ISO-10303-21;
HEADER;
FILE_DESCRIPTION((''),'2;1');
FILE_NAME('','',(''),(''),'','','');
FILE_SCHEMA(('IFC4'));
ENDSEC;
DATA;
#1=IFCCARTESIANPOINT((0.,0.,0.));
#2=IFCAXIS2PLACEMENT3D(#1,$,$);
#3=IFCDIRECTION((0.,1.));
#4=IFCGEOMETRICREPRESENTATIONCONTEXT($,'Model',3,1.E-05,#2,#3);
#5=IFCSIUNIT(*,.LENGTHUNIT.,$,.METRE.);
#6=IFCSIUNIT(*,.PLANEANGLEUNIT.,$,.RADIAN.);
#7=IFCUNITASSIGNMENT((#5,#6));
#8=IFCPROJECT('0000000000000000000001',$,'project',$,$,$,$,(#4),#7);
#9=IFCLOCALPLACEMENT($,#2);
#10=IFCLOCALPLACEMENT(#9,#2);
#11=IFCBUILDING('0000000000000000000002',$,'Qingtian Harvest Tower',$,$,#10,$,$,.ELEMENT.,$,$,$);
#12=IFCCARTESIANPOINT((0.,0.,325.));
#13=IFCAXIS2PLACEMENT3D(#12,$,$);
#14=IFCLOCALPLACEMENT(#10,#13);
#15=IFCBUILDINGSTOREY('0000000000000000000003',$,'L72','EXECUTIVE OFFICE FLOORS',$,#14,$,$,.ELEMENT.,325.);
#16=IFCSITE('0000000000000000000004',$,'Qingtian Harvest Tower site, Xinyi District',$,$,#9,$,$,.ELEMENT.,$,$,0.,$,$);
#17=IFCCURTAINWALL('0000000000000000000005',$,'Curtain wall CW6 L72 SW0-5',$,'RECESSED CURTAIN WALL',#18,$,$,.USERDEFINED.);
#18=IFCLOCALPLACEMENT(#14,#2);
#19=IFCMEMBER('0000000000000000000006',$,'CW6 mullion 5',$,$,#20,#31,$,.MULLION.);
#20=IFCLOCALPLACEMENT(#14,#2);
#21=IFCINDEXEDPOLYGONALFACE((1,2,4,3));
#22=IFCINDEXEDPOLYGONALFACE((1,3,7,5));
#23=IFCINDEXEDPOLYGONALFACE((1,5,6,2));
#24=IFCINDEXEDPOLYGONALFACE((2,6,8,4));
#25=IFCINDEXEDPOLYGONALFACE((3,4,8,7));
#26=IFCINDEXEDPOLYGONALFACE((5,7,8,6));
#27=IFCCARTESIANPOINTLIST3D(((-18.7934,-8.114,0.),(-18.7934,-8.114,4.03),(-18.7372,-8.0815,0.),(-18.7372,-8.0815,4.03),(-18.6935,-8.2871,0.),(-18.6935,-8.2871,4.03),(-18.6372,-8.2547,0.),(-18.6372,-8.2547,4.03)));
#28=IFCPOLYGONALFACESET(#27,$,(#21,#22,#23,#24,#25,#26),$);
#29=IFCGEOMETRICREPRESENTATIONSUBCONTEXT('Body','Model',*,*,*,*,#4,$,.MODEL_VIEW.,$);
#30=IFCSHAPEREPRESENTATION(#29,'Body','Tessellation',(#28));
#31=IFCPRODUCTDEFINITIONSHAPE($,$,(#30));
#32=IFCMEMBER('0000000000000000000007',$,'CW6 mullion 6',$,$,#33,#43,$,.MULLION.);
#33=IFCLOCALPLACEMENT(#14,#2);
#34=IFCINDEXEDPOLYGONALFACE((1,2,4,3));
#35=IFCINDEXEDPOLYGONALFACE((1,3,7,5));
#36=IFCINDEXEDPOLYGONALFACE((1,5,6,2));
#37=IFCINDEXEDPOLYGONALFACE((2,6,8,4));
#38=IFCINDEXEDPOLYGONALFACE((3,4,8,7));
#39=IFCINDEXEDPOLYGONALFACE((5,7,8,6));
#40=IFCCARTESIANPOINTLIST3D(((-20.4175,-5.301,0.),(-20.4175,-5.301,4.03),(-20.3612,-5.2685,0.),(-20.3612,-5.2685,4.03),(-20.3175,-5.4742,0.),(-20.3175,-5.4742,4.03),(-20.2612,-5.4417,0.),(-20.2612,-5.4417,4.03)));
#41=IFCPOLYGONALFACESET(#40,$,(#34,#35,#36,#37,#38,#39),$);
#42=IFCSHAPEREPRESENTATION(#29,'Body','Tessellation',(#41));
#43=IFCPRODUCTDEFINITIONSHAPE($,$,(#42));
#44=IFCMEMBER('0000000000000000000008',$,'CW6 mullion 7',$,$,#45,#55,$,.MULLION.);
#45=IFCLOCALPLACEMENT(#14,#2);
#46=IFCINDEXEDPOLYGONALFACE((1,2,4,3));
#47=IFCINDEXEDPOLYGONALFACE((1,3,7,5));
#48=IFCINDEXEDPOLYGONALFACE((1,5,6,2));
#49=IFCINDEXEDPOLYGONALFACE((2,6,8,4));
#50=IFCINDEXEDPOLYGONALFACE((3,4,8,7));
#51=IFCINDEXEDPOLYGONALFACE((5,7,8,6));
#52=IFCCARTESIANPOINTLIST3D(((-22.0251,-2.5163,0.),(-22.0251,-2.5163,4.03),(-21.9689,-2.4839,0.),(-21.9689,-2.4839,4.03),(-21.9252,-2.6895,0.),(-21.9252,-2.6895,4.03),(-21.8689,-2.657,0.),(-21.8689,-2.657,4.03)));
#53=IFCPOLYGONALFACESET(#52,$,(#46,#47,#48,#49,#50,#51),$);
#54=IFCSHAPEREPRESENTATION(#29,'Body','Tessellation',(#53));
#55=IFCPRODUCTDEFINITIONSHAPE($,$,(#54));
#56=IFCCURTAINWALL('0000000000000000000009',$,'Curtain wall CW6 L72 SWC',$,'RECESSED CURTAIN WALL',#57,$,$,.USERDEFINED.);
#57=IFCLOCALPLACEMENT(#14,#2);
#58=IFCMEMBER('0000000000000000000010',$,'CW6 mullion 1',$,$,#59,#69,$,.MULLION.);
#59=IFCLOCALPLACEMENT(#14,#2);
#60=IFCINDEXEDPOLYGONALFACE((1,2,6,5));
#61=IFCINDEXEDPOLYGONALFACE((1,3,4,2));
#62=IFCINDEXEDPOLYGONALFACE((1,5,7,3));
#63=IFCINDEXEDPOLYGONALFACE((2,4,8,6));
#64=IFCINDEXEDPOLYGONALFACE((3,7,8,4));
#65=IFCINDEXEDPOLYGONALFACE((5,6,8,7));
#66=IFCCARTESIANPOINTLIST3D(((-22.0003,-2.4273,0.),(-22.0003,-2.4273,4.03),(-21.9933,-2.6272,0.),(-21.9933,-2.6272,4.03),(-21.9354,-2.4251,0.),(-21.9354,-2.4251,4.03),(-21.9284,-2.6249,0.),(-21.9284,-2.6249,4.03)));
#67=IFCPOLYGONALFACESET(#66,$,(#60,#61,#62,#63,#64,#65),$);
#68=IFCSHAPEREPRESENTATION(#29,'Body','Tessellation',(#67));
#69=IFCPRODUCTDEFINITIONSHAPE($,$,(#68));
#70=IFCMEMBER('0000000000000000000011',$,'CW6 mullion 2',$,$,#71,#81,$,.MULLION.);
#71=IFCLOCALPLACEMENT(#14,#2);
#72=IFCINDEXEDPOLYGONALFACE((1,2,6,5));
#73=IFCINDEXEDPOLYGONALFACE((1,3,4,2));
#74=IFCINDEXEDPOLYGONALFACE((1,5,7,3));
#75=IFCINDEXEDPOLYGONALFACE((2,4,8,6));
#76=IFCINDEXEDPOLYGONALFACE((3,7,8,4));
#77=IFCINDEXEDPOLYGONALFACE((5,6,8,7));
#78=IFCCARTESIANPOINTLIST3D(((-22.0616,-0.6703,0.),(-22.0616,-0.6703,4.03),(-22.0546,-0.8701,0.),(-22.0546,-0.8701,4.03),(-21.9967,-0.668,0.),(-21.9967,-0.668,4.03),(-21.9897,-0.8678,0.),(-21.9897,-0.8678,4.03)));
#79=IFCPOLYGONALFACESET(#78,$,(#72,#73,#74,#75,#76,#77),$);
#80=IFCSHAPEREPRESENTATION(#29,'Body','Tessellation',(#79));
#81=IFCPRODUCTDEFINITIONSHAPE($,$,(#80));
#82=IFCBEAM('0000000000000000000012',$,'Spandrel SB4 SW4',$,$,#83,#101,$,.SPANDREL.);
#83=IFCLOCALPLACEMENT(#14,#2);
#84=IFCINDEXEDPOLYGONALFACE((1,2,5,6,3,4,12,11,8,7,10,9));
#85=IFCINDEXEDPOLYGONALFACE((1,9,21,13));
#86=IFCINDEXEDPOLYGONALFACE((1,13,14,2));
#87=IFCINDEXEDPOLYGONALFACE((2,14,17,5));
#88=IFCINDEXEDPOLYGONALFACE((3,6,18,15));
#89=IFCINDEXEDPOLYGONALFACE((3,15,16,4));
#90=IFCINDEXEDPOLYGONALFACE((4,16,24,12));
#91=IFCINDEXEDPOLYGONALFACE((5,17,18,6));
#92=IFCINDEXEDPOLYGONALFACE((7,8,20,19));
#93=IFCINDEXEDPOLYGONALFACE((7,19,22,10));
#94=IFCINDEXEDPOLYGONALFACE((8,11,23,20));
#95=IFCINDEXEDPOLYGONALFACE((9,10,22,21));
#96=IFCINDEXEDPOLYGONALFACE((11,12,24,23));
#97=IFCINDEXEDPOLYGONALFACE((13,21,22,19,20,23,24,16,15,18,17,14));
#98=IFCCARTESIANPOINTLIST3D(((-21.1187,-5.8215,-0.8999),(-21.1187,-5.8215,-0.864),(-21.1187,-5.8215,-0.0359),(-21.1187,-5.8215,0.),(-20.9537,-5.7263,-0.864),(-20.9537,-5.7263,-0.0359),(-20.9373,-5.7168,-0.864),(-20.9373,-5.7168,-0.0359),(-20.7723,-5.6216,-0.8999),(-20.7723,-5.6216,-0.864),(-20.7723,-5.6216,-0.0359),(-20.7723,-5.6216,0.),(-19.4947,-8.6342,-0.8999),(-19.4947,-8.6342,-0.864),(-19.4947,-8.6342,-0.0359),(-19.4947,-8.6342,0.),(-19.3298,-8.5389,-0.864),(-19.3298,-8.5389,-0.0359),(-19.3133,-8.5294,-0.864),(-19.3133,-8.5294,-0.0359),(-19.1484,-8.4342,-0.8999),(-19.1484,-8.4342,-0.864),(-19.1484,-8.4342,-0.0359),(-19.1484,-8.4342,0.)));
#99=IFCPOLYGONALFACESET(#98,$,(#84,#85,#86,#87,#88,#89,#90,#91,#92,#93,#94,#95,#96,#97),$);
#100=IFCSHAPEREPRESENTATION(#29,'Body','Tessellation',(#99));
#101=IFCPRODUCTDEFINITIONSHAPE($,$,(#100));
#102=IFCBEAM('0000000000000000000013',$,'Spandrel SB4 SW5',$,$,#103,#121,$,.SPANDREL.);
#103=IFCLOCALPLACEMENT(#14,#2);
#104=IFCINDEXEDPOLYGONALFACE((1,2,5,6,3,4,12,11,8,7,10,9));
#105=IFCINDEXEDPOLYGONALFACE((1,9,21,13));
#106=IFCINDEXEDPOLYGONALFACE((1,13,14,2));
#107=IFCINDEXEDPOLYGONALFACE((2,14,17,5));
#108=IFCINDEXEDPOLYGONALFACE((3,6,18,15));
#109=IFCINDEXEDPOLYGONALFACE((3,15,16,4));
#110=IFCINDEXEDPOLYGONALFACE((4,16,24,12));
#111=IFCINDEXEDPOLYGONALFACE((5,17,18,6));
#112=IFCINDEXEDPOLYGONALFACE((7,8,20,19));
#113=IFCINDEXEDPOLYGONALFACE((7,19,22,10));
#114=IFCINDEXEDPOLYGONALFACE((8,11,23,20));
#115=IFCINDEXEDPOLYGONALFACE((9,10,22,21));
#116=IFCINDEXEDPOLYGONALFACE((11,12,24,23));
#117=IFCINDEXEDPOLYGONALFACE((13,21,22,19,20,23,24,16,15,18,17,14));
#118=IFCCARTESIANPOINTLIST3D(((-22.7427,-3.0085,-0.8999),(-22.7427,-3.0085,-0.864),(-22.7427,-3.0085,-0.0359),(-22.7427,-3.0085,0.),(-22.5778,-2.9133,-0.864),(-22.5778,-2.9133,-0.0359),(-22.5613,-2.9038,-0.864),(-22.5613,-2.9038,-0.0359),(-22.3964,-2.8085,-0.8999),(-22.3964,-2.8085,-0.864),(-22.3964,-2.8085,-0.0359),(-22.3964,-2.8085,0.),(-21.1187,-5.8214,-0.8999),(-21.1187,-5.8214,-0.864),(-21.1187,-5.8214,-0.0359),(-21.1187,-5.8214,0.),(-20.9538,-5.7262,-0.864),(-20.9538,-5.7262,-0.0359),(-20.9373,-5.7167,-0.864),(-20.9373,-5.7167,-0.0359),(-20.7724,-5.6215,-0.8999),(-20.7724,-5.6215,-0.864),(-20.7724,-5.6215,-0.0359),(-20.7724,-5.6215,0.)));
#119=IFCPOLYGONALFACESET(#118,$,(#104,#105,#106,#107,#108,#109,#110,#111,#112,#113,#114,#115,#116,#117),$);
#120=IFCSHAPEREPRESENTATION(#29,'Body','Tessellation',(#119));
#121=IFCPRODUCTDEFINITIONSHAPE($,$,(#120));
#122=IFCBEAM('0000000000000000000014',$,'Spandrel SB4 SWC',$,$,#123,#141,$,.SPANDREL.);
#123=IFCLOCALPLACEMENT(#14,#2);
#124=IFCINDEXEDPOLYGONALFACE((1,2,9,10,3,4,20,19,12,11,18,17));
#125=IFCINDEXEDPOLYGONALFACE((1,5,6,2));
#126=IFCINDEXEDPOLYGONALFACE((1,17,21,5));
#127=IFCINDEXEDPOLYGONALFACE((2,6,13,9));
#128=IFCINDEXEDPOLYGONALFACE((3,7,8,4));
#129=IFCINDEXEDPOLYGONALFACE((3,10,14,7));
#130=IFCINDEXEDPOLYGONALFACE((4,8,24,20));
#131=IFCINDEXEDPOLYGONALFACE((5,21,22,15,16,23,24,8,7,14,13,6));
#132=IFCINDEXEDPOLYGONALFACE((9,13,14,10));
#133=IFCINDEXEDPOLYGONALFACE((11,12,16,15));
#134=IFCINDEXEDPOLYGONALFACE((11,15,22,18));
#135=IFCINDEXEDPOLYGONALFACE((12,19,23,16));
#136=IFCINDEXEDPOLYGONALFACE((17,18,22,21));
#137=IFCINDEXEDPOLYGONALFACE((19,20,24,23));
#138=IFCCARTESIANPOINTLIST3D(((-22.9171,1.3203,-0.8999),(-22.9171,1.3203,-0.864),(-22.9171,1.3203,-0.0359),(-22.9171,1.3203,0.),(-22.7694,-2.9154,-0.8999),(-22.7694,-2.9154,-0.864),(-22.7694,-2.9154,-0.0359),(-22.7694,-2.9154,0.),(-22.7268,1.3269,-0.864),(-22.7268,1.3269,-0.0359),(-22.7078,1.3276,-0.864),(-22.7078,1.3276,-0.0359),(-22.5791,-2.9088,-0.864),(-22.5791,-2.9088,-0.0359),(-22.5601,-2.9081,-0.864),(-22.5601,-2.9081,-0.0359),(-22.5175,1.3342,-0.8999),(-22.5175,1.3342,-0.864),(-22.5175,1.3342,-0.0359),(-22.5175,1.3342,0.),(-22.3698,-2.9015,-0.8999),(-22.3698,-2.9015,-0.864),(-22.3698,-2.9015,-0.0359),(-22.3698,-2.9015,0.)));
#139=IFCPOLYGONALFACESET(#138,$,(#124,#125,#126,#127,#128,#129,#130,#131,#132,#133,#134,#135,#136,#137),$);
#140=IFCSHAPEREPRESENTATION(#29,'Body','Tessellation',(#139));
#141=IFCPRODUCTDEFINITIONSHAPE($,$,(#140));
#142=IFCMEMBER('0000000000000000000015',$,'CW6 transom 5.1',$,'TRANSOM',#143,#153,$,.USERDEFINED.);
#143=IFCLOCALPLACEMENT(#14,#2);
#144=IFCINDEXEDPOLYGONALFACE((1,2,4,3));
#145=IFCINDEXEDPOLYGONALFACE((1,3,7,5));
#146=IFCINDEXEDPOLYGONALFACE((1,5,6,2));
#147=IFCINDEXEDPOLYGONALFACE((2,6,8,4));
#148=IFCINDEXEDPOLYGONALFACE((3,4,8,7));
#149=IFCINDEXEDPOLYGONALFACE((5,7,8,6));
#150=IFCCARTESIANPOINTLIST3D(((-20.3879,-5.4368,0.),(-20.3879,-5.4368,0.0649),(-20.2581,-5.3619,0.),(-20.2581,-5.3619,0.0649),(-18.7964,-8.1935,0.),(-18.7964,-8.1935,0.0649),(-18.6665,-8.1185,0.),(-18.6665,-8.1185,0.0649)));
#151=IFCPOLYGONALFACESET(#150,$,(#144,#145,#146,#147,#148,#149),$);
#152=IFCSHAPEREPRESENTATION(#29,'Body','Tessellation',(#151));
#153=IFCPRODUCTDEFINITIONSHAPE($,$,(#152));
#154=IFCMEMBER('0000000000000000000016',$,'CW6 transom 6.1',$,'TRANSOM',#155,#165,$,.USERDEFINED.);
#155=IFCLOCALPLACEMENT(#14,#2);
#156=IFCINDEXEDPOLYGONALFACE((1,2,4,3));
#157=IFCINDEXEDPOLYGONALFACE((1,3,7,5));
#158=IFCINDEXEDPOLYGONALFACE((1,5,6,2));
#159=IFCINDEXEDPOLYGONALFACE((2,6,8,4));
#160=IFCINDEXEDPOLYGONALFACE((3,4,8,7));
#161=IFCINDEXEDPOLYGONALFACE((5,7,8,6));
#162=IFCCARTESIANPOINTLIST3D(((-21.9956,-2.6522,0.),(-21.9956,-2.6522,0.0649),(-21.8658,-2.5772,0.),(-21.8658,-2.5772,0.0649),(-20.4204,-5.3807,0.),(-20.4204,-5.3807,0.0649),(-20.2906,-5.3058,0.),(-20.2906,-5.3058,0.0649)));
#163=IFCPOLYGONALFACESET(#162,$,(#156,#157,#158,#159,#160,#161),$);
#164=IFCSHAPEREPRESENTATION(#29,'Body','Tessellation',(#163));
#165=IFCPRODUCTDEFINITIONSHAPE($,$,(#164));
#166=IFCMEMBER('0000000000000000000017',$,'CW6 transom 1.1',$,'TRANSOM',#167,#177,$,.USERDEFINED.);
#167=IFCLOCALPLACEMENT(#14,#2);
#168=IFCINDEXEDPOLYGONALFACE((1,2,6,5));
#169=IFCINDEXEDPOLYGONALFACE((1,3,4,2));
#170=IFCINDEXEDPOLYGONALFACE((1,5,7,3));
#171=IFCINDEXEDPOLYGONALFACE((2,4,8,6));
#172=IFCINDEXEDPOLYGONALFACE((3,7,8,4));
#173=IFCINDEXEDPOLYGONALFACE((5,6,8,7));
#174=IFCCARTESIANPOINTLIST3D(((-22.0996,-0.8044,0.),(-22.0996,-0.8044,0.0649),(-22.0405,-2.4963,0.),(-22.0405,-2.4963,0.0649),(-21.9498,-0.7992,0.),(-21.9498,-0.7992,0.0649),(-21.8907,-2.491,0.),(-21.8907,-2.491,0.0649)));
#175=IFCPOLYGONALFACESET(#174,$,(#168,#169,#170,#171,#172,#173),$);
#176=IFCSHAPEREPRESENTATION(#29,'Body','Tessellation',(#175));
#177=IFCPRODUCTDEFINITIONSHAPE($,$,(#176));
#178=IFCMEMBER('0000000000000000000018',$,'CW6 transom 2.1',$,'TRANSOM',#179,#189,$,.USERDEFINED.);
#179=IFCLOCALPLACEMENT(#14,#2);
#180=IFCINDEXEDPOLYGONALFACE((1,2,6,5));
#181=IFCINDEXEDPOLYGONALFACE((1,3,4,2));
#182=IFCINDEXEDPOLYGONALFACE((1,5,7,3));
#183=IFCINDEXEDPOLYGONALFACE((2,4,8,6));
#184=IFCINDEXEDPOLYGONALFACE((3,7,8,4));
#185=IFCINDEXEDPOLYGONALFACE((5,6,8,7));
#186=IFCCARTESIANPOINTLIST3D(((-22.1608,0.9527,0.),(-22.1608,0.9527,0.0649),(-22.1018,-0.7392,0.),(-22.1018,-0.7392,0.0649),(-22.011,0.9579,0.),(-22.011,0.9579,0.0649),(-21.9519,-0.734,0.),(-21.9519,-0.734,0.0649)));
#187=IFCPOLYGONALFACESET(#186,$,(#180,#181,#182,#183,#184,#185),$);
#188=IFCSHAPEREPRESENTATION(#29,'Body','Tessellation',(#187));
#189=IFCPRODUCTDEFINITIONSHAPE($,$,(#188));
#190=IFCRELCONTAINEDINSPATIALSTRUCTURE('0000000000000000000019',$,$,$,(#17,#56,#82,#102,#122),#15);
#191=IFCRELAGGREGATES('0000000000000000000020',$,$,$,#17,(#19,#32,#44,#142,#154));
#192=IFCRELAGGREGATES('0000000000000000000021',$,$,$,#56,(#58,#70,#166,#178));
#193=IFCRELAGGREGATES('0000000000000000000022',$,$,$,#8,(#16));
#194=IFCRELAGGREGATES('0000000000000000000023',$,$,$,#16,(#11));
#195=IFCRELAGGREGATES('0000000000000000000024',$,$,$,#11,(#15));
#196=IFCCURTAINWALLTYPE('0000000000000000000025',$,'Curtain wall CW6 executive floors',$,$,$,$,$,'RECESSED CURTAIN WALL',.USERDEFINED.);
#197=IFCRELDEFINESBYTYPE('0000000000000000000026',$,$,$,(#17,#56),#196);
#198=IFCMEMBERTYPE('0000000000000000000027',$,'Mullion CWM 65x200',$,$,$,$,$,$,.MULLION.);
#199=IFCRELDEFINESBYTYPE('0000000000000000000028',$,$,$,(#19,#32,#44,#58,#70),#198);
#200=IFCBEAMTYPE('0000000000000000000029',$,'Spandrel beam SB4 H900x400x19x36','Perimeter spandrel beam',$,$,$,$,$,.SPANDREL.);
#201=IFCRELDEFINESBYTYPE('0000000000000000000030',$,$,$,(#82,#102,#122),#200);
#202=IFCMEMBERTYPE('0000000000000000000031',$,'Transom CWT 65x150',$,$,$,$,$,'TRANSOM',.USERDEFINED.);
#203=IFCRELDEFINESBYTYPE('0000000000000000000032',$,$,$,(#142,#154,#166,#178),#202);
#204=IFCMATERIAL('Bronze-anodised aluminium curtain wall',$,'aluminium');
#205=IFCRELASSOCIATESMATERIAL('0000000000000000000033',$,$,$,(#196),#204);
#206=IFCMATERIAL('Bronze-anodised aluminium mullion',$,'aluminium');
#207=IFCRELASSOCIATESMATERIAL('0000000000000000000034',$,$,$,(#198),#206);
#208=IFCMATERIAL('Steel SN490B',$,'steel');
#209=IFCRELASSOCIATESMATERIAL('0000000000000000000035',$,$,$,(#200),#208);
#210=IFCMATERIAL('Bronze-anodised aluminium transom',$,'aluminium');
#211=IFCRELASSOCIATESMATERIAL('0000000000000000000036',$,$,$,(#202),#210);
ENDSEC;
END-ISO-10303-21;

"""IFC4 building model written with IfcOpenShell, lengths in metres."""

from ifc_helpers import new_model, si_unit, direction, frame, origin, origin_2d, place, context, subcontext, project, spatial, rectangle, i_section, extrude, material, material_profile, profile_set, type_object, element, aggregate, save


model = new_model("IFC4")

# Units and contexts
model_context = context("Model", 3, precision=1e-05, world=origin(), true_north=direction((0.0, 1.0)))
body_context = subcontext(model_context, "Body", "Model", "MODEL_VIEW")
ifc_project = project(units=[si_unit("LENGTHUNIT", "METRE"), si_unit("PLANEANGLEUNIT", "RADIAN")], contexts=[model_context])

# Site, building, storey
site_placement = place(None, origin())
site = spatial("IfcSite", under=ifc_project, at=site_placement, Name="Qingtian Harvest Tower site, Xinyi District", CompositionType="ELEMENT", RefElevation=0.0)
building_placement = place(site_placement, origin())
building = spatial("IfcBuilding", under=site, at=building_placement, Name="Qingtian Harvest Tower", CompositionType="ELEMENT")
storey_placement = place(building_placement, frame((0.0, 0.0, 325.0)))
storey = spatial("IfcBuildingStorey", under=building, at=storey_placement, Name="L72", Description="EXECUTIVE OFFICE FLOORS", CompositionType="ELEMENT", Elevation=325.0)

# Curtain walls, members
ifc_material_1 = material(Name="Bronze-anodised aluminium curtain wall", Category="aluminium")
curtain_wall_type = type_object("IfcCurtainWallType", Name="Curtain wall CW6 executive floors", ElementType="RECESSED CURTAIN WALL", PredefinedType="USERDEFINED", material=ifc_material_1)
curtain_wall_1_placement = place(storey_placement, origin())
curtain_wall_1 = element("IfcCurtainWall", 1, at=curtain_wall_1_placement, inside=storey, type_object=curtain_wall_type, Name="Curtain wall CW6 L72 SW0-5", ObjectType="RECESSED CURTAIN WALL", PredefinedType="USERDEFINED")
ifc_material_2 = material(Name="Bronze-anodised aluminium mullion", Category="aluminium")
ifc_material_profile_1 = material_profile(ifc_material_2, rectangle(XDim=0.0649, YDim=0.2, at=origin_2d()), Name="AL 65x200")
ifc_profile_set_1 = profile_set([ifc_material_profile_1], Name="Bronze-anodised aluminium mullion")
member_type_1 = type_object("IfcMemberType", Name="Mullion CWM 65x200", PredefinedType="MULLION", material=ifc_profile_set_1)
member_1_placement = place(storey_placement, frame((-18.7153, -8.1843, 0.0), z_axis=(0.0, 0.0, 1.0), x_axis=(-0.866025, -0.5, 0.0)))
member_1 = element("IfcMember", 2, at=member_1_placement, type_object=member_type_1, Name="CW6 mullion 5", PredefinedType="MULLION", context=body_context, shape_type="SweptSolid", body=[
    extrude(rectangle(XDim=0.0649, YDim=0.2, at=origin_2d()), origin(), (0.0, 0.0, 1.0), 4.03),
])
member_2_placement = place(storey_placement, frame((-20.3394, -5.3713, 0.0), z_axis=(0.0, 0.0, 1.0), x_axis=(-0.866025, -0.5, 0.0)))
member_2 = element("IfcMember", 3, at=member_2_placement, type_object=member_type_1, Name="CW6 mullion 6", PredefinedType="MULLION", context=body_context, shape_type="SweptSolid", body=[
    extrude(rectangle(XDim=0.0649, YDim=0.2, at=origin_2d()), origin(), (0.0, 0.0, 1.0), 4.03),
])
member_3_placement = place(storey_placement, frame((-21.947, -2.5867, 0.0), z_axis=(0.0, 0.0, 1.0), x_axis=(-0.866025, -0.5, 0.0)))
member_3 = element("IfcMember", 4, at=member_3_placement, type_object=member_type_1, Name="CW6 mullion 7", PredefinedType="MULLION", context=body_context, shape_type="SweptSolid", body=[
    extrude(rectangle(XDim=0.0649, YDim=0.2, at=origin_2d()), origin(), (0.0, 0.0, 1.0), 4.03),
])
curtain_wall_2_placement = place(storey_placement, origin())
curtain_wall_2 = element("IfcCurtainWall", 5, at=curtain_wall_2_placement, inside=storey, type_object=curtain_wall_type, Name="Curtain wall CW6 L72 SWC", ObjectType="RECESSED CURTAIN WALL", PredefinedType="USERDEFINED")
member_4_placement = place(storey_placement, frame((-21.9644, -2.5261, 0.0), z_axis=(0.0, 0.0, 1.0), x_axis=(-0.999391, -0.034899, 0.0)))
member_4 = element("IfcMember", 6, at=member_4_placement, type_object=member_type_1, Name="CW6 mullion 1", PredefinedType="MULLION", context=body_context, shape_type="SweptSolid", body=[
    extrude(rectangle(XDim=0.0649, YDim=0.2, at=origin_2d()), origin(), (0.0, 0.0, 1.0), 4.03),
])
member_5_placement = place(storey_placement, frame((-22.0256, -0.769, 0.0), z_axis=(0.0, 0.0, 1.0), x_axis=(-0.999391, -0.034899, 0.0)))
member_5 = element("IfcMember", 7, at=member_5_placement, type_object=member_type_1, Name="CW6 mullion 2", PredefinedType="MULLION", context=body_context, shape_type="SweptSolid", body=[
    extrude(rectangle(XDim=0.0649, YDim=0.2, at=origin_2d()), origin(), (0.0, 0.0, 1.0), 4.03),
])

# Beams
ifc_material_3 = material(Name="Steel SN490B", Category="steel")
ifc_material_profile_2 = material_profile(ifc_material_3, i_section(OverallWidth=0.3999, OverallDepth=0.8999, WebThickness=0.019, FlangeThickness=0.0359, at=origin_2d()), Name="H900x400x19x36")
ifc_profile_set_2 = profile_set([ifc_material_profile_2], Name="Steel SN490B")
beam_type_1 = type_object("IfcBeamType", Name="Spandrel beam SB4 H900x400x19x36", Description="Perimeter spandrel beam", PredefinedType="SPANDREL", material=ifc_profile_set_2)
beam_1_placement = place(storey_placement, frame((-19.3215, -8.5342, -0.45), z_axis=(-0.50002, 0.866014, 0.0), x_axis=(-0.866014, -0.50002, 0.0)))
element("IfcBeam", 8, at=beam_1_placement, inside=storey, type_object=beam_type_1, Name="Spandrel SB4 SW4", PredefinedType="SPANDREL", context=body_context, shape_type="SweptSolid", body=[
    extrude(i_section(OverallWidth=0.3999, OverallDepth=0.8999, WebThickness=0.019, FlangeThickness=0.0359, at=origin_2d()), origin(), (0.0, 0.0, 1.0), 3.2478),
])
beam_2_placement = place(storey_placement, frame((-20.9456, -5.7214, -0.45), z_axis=(-0.499987, 0.866033, 0.0), x_axis=(-0.866033, -0.499987, 0.0)))
element("IfcBeam", 9, at=beam_2_placement, inside=storey, type_object=beam_type_1, Name="Spandrel SB4 SW5", PredefinedType="SPANDREL", context=body_context, shape_type="SweptSolid", body=[
    extrude(i_section(OverallWidth=0.3999, OverallDepth=0.8999, WebThickness=0.019, FlangeThickness=0.0359, at=origin_2d()), origin(), (0.0, 0.0, 1.0), 3.248),
])
beam_3_placement = place(storey_placement, frame((-22.5696, -2.9084, -0.45), z_axis=(-0.034851, 0.999393, 0.0), x_axis=(-0.999393, -0.034851, 0.0)))
element("IfcBeam", 10, at=beam_3_placement, inside=storey, type_object=beam_type_1, Name="Spandrel SB4 SWC", PredefinedType="SPANDREL", context=body_context, shape_type="SweptSolid", body=[
    extrude(i_section(OverallWidth=0.3999, OverallDepth=0.8999, WebThickness=0.019, FlangeThickness=0.0359, at=origin_2d()), origin(), (0.0, 0.0, 1.0), 4.2383),
])

# Members
ifc_material_4 = material(Name="Bronze-anodised aluminium transom", Category="aluminium")
ifc_material_profile_3 = material_profile(ifc_material_4, rectangle(XDim=0.1499, YDim=0.0649, at=origin_2d()), Name="AL 65x150")
ifc_profile_set_3 = profile_set([ifc_material_profile_3], Name="Bronze-anodised aluminium transom")
member_type_2 = type_object("IfcMemberType", Name="Transom CWT 65x150", ElementType="TRANSOM", PredefinedType="USERDEFINED", material=ifc_profile_set_3)
member_6_placement = place(storey_placement, frame((-18.7314, -8.156, 0.0325), z_axis=(-0.500008, 0.866021, 0.0), x_axis=(-0.866021, -0.500008, 0.0)))
member_6 = element("IfcMember", 11, at=member_6_placement, type_object=member_type_2, Name="CW6 transom 5.1", ObjectType="TRANSOM", PredefinedType="USERDEFINED", context=body_context, shape_type="SweptSolid", body=[
    extrude(rectangle(XDim=0.1499, YDim=0.0649, at=origin_2d()), origin(), (0.0, 0.0, 1.0), 3.1831),
])
member_7_placement = place(storey_placement, frame((-20.3555, -5.3433, 0.0325), z_axis=(-0.499973, 0.866041, 0.0), x_axis=(-0.866041, -0.499973, 0.0)))
member_7 = element("IfcMember", 12, at=member_7_placement, type_object=member_type_2, Name="CW6 transom 6.1", ObjectType="TRANSOM", PredefinedType="USERDEFINED", context=body_context, shape_type="SweptSolid", body=[
    extrude(rectangle(XDim=0.1499, YDim=0.0649, at=origin_2d()), origin(), (0.0, 0.0, 1.0), 3.1506),
])
member_8_placement = place(storey_placement, frame((-21.9656, -2.4937, 0.0325), z_axis=(-0.034899, 0.999391, 0.0), x_axis=(-0.999391, -0.034899, 0.0)))
member_8 = element("IfcMember", 13, at=member_8_placement, type_object=member_type_2, Name="CW6 transom 1.1", ObjectType="TRANSOM", PredefinedType="USERDEFINED", context=body_context, shape_type="SweptSolid", body=[
    extrude(rectangle(XDim=0.1499, YDim=0.0649, at=origin_2d()), origin(), (0.0, 0.0, 1.0), 1.6929),
])
member_9_placement = place(storey_placement, frame((-22.0269, -0.7366, 0.0325), z_axis=(-0.034899, 0.999391, 0.0), x_axis=(-0.999391, -0.034899, 0.0)))
member_9 = element("IfcMember", 14, at=member_9_placement, type_object=member_type_2, Name="CW6 transom 2.1", ObjectType="TRANSOM", PredefinedType="USERDEFINED", context=body_context, shape_type="SweptSolid", body=[
    extrude(rectangle(XDim=0.1499, YDim=0.0649, at=origin_2d()), origin(), (0.0, 0.0, 1.0), 1.6929),
])

aggregate(curtain_wall_1, [member_1, member_2, member_3, member_6, member_7])
aggregate(curtain_wall_2, [member_4, member_5, member_8, member_9])

save(model, "model.ifc")
